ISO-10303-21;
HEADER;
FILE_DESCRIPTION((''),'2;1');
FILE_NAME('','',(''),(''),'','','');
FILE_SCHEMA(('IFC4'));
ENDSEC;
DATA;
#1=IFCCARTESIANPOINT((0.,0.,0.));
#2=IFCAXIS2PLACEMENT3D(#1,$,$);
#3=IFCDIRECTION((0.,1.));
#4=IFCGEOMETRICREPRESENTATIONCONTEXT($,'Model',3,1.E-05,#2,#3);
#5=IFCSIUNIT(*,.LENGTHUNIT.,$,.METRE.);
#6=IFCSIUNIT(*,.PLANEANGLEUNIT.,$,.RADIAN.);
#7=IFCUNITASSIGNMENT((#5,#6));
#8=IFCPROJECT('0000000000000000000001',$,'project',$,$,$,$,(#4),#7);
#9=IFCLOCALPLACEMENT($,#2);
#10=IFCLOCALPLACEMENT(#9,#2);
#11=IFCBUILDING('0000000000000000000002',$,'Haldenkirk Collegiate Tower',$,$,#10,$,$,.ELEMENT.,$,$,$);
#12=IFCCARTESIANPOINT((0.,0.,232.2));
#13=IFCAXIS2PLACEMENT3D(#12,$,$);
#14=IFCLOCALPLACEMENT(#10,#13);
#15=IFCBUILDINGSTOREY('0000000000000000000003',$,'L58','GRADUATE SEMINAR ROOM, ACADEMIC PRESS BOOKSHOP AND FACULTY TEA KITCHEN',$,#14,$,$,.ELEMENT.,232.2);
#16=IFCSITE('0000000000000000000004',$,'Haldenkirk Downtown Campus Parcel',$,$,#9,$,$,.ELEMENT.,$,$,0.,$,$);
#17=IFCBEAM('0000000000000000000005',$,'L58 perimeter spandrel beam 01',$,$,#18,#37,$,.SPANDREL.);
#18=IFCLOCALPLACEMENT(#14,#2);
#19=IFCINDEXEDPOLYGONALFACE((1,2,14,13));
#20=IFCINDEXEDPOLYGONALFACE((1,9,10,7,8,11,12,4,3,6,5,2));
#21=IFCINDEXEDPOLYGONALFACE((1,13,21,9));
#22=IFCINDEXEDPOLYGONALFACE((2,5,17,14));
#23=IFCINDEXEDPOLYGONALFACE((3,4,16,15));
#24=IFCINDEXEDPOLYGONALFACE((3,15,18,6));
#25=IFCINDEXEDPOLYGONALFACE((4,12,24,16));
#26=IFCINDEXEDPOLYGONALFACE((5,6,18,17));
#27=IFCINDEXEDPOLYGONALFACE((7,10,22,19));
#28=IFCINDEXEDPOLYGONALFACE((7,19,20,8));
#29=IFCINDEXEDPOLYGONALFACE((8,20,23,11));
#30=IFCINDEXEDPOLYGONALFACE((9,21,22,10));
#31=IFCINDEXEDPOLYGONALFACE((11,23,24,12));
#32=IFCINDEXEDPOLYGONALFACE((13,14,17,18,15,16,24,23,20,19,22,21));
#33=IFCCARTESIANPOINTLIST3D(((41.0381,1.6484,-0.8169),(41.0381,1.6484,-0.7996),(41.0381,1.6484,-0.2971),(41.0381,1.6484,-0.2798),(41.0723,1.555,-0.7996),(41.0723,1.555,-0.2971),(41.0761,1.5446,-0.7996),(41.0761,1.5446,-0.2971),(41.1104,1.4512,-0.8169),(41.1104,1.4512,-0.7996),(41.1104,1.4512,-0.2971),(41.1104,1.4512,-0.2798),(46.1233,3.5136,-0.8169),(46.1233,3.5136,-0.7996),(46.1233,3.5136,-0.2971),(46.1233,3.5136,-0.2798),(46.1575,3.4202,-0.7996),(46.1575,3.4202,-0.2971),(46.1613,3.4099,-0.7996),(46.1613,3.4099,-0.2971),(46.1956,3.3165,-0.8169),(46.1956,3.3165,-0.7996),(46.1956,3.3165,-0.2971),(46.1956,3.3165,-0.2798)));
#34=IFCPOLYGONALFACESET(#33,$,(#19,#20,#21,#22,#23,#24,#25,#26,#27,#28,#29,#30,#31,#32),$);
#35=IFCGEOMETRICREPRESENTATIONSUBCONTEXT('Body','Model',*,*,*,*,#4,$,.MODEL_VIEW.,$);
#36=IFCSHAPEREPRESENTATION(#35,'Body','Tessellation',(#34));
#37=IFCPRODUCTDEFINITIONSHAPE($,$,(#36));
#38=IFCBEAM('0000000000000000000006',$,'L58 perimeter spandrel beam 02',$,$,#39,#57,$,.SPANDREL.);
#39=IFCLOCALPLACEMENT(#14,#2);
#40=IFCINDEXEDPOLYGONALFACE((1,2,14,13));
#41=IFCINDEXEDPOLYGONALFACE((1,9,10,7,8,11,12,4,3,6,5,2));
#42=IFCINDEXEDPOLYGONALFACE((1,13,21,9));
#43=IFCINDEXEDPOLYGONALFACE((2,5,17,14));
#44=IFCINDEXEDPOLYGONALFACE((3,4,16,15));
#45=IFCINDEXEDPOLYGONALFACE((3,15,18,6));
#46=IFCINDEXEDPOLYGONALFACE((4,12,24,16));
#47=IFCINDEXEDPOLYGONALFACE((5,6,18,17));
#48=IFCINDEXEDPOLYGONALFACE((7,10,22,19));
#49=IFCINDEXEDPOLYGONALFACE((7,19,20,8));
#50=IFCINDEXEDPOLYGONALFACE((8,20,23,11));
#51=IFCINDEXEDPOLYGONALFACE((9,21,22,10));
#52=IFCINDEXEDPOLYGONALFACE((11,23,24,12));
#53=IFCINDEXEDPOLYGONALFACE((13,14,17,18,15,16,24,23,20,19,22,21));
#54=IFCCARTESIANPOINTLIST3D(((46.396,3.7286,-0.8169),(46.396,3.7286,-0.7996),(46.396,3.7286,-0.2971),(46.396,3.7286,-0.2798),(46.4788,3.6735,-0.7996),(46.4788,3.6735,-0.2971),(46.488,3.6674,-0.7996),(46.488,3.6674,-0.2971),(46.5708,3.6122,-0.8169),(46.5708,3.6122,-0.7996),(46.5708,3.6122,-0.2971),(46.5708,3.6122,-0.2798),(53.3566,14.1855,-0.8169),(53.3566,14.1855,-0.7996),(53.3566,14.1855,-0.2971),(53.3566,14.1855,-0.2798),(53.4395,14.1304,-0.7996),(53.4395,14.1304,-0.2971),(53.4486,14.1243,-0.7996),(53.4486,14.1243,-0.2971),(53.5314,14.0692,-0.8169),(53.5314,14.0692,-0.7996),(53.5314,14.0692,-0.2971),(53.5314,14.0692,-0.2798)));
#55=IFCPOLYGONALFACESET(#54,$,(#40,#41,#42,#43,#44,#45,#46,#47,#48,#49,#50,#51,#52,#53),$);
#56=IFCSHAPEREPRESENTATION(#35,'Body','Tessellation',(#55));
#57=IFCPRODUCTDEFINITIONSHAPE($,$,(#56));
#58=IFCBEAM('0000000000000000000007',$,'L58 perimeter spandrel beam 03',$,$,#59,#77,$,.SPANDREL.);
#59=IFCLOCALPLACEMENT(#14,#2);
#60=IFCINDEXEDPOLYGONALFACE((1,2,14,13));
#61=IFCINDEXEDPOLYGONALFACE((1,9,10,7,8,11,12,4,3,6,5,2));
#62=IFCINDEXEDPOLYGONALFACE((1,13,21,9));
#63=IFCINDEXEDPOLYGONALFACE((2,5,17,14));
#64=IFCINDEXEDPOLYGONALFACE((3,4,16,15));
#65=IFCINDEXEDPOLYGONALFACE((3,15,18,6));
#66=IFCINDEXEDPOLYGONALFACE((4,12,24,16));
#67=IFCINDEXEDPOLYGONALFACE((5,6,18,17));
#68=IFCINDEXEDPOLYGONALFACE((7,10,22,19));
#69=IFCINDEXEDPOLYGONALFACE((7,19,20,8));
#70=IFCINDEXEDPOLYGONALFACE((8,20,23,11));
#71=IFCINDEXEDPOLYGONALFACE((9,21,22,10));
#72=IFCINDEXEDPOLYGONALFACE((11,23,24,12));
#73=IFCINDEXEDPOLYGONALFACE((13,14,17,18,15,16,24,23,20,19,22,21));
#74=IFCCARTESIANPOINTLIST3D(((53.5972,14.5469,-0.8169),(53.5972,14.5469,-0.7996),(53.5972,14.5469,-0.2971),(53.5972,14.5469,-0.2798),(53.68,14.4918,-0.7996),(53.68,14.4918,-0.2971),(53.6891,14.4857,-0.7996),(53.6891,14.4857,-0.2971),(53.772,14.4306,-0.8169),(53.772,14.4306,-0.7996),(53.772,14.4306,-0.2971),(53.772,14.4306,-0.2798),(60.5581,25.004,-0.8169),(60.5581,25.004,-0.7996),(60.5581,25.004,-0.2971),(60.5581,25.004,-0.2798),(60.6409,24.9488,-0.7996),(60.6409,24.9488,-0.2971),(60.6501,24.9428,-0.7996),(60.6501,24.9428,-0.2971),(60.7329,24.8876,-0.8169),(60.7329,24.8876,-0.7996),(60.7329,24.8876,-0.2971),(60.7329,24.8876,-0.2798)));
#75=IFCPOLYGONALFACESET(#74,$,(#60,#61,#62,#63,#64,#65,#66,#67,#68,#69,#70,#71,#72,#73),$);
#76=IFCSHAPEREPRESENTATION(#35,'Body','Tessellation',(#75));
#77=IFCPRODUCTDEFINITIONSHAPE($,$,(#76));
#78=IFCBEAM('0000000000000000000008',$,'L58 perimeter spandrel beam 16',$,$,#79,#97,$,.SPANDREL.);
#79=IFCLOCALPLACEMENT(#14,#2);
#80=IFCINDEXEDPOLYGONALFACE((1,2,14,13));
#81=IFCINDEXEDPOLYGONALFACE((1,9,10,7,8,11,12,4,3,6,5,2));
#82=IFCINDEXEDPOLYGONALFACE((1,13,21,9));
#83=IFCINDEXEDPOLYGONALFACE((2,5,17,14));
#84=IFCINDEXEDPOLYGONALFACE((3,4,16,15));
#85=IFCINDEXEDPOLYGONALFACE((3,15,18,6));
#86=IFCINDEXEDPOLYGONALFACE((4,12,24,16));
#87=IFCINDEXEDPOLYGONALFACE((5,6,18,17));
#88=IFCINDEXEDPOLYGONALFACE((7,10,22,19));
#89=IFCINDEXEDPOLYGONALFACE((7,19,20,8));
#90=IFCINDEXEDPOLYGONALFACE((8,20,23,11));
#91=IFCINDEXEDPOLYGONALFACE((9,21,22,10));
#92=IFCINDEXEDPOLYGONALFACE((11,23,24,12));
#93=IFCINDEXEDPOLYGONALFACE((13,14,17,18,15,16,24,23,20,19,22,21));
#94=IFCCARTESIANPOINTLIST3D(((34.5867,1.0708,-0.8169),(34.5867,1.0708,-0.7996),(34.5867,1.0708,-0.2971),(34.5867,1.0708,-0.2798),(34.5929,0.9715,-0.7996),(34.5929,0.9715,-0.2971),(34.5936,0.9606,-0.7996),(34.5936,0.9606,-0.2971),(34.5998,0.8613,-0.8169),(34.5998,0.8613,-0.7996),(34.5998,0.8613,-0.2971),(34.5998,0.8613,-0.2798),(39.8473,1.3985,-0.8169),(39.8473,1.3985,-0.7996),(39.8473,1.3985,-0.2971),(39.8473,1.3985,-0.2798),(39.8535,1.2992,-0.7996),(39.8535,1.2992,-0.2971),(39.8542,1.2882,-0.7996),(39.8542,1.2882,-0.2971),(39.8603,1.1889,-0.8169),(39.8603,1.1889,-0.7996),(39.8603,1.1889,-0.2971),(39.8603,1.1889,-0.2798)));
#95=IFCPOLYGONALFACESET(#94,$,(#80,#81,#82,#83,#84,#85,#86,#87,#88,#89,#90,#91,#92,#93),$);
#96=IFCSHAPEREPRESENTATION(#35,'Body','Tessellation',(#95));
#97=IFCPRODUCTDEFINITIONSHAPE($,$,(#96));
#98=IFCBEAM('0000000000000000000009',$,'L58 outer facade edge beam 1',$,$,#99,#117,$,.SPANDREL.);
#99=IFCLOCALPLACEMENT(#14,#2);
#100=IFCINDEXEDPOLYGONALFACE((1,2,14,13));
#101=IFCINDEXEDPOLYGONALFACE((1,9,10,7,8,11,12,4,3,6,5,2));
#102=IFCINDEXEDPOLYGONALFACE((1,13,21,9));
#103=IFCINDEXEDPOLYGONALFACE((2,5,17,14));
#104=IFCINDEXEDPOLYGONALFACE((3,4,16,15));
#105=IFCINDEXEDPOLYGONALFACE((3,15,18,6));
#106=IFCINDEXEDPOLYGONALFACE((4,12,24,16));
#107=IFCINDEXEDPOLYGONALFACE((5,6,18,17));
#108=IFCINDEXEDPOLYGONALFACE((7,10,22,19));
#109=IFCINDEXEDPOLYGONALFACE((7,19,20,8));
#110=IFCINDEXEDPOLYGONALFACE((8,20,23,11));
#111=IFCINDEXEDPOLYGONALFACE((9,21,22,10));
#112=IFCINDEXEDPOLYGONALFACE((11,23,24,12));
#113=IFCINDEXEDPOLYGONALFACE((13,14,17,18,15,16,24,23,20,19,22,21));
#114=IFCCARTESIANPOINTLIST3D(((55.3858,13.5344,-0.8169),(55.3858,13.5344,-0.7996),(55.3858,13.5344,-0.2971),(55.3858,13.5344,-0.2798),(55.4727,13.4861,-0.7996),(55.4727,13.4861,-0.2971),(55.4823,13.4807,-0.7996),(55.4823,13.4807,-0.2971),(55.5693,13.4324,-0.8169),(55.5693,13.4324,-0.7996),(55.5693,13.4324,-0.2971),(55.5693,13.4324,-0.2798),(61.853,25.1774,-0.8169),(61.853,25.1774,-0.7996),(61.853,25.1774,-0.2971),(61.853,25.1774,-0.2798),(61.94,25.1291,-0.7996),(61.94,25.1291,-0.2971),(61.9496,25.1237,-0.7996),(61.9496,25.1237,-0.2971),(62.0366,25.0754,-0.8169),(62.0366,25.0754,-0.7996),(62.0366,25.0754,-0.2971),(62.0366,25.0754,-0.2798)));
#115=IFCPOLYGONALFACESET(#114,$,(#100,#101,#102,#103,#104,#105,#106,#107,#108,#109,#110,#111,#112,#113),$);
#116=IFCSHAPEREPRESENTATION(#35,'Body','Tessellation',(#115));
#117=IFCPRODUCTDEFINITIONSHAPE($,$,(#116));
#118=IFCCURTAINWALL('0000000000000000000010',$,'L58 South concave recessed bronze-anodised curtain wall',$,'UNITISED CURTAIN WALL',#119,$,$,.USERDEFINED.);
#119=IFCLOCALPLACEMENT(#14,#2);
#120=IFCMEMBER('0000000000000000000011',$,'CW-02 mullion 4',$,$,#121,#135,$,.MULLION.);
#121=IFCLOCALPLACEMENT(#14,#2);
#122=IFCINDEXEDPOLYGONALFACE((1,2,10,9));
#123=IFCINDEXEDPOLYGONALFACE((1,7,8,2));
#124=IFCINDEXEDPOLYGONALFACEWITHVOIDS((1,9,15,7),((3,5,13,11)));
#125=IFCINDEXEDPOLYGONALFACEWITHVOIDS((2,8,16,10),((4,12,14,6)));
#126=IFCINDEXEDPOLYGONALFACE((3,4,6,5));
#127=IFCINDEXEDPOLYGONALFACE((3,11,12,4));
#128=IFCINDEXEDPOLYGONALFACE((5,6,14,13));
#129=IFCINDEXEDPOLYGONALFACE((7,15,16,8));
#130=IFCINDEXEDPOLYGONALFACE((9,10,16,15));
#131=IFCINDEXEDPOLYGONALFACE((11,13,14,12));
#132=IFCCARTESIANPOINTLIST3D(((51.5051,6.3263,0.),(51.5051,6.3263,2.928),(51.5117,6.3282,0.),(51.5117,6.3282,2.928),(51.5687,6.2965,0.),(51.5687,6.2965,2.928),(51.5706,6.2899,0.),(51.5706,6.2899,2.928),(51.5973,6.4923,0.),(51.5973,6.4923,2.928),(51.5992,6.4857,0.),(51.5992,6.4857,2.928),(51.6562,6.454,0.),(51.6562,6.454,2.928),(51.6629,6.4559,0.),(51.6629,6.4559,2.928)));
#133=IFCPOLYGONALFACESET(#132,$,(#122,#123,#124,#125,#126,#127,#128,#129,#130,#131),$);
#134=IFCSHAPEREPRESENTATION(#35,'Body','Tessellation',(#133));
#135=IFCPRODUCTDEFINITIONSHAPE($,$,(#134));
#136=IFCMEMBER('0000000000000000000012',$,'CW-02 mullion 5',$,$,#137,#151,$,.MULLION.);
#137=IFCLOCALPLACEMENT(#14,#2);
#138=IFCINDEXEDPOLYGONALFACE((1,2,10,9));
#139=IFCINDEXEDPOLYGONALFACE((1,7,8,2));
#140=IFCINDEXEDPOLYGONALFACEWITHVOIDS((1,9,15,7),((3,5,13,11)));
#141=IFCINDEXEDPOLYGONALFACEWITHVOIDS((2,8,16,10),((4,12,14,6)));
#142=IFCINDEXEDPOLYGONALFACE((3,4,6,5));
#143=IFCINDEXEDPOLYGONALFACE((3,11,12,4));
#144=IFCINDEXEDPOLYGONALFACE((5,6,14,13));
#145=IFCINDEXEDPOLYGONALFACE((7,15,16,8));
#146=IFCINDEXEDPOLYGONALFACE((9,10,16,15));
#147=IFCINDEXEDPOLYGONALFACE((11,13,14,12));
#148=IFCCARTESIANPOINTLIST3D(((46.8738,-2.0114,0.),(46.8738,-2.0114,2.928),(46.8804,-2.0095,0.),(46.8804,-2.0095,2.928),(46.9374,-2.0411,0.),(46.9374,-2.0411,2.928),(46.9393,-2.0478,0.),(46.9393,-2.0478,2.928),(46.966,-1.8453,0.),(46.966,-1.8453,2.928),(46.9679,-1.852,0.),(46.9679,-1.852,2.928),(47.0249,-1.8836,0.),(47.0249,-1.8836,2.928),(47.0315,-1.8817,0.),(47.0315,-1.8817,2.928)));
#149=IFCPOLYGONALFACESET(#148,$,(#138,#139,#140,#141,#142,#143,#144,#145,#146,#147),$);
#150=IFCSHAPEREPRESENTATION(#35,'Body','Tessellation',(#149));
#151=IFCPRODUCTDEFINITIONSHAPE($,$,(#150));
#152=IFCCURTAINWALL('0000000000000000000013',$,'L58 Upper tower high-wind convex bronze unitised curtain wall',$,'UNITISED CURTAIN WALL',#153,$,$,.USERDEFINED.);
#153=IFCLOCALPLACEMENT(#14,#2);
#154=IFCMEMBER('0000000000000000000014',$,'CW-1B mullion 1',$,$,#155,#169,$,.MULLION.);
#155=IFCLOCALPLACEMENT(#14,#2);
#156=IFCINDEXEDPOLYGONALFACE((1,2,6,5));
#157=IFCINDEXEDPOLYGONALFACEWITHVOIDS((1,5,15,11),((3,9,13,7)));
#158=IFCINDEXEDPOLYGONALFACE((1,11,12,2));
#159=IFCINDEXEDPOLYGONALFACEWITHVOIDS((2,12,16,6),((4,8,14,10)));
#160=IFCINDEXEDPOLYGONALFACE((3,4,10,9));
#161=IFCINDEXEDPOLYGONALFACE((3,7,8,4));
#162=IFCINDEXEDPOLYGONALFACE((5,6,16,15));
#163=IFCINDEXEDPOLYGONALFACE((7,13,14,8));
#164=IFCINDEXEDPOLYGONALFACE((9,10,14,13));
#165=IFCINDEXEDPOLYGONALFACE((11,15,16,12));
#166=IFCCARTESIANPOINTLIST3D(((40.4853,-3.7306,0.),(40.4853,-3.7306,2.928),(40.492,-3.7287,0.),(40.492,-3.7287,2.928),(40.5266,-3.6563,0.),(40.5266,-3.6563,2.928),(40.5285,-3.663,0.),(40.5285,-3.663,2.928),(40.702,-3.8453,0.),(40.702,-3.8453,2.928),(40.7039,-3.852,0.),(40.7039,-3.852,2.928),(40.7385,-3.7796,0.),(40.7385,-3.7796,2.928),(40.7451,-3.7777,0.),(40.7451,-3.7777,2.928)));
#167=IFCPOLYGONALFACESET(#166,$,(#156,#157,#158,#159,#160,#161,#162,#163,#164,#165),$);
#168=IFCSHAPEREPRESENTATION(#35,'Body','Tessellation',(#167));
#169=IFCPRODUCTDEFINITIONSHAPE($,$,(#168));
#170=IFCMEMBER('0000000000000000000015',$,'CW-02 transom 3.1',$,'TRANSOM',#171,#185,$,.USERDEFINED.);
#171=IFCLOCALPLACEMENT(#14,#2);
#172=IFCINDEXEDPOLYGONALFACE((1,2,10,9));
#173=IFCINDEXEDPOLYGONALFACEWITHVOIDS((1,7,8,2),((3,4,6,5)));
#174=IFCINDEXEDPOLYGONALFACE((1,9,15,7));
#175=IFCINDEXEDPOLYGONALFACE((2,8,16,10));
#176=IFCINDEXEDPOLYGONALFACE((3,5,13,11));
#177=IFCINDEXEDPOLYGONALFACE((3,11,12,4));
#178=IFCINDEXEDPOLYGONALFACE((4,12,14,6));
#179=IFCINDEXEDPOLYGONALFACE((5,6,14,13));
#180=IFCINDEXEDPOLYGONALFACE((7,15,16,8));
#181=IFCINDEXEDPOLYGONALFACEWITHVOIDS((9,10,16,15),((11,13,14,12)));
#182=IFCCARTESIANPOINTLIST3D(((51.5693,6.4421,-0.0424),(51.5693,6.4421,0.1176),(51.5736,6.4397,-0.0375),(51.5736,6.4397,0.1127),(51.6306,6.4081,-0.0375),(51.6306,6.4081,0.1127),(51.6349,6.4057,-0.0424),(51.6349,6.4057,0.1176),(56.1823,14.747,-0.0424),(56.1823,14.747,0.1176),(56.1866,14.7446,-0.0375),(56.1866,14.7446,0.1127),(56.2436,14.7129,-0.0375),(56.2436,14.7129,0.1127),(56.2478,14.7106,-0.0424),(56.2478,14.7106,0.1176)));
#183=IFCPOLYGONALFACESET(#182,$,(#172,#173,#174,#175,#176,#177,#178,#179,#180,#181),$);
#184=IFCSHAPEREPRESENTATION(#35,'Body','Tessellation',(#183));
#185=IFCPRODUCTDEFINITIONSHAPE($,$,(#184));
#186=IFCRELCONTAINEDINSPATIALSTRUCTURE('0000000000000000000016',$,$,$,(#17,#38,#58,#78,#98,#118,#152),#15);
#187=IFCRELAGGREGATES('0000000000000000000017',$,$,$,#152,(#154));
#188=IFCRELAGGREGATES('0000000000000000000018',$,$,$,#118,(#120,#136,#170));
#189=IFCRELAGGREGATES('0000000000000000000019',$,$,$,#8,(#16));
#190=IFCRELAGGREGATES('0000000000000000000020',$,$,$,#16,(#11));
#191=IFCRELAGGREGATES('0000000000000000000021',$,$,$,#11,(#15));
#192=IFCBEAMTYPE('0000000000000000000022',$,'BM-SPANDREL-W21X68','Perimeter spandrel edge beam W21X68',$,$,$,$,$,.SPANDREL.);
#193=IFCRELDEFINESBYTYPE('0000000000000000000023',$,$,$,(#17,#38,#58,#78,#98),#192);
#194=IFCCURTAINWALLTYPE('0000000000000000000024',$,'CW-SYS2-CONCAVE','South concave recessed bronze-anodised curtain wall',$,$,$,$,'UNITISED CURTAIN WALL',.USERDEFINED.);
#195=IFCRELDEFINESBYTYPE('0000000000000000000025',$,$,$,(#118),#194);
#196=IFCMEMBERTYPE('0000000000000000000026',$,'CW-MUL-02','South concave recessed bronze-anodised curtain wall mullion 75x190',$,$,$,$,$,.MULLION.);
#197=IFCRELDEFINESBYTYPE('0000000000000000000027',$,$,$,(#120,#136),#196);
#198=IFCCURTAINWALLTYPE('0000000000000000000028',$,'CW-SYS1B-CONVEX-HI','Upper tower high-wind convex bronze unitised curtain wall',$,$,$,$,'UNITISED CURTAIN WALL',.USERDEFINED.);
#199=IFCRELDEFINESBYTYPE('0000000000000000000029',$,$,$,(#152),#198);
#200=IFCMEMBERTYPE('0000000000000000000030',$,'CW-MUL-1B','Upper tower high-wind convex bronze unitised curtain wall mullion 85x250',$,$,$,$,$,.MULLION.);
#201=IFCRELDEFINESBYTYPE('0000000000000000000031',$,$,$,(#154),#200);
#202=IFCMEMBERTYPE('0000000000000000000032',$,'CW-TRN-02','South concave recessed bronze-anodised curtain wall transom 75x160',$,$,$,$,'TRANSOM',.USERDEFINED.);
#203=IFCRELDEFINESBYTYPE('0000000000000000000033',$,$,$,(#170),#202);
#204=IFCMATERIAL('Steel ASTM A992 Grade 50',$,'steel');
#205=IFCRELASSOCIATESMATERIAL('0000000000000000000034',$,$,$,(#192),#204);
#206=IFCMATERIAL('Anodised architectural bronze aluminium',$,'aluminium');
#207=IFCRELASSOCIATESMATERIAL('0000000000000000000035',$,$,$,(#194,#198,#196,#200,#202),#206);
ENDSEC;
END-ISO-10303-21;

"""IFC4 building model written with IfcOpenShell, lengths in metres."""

from ifc_helpers import new_model, si_unit, direction, frame, origin, origin_2d, place, context, subcontext, project, spatial, hollow_rectangle, i_section, extrude, material, material_profile, profile_set, type_object, element, aggregate, save


model = new_model("IFC4")

# Units and contexts
model_context = context("Model", 3, precision=1e-05, world=origin(), true_north=direction((0.0, 1.0)))
body_context = subcontext(model_context, "Body", "Model", "MODEL_VIEW")
ifc_project = project(units=[si_unit("LENGTHUNIT", "METRE"), si_unit("PLANEANGLEUNIT", "RADIAN")], contexts=[model_context])

# Site, building, storey
site_placement = place(None, origin())
site = spatial("IfcSite", under=ifc_project, at=site_placement, Name="Haldenkirk Downtown Campus Parcel", CompositionType="ELEMENT", RefElevation=0.0)
building_placement = place(site_placement, origin())
building = spatial("IfcBuilding", under=site, at=building_placement, Name="Haldenkirk Collegiate Tower", CompositionType="ELEMENT")
storey_placement = place(building_placement, frame((0.0, 0.0, 232.2)))
storey = spatial("IfcBuildingStorey", under=building, at=storey_placement, Name="L58", Description="GRADUATE SEMINAR ROOM, ACADEMIC PRESS BOOKSHOP AND FACULTY TEA KITCHEN", CompositionType="ELEMENT", Elevation=232.2)

# Beams
ifc_material_1 = material(Name="Steel ASTM A992 Grade 50", Category="steel")
ifc_material_profile_1 = material_profile(ifc_material_1, i_section(OverallWidth=0.21, OverallDepth=0.5371, WebThickness=0.011, FlangeThickness=0.0173, at=origin_2d()), Name="W21X68")
ifc_profile_set_1 = profile_set([ifc_material_profile_1], Name="Steel ASTM A992 Grade 50")
beam_type_1 = type_object("IfcBeamType", Name="BM-SPANDREL-W21X68", Description="Perimeter spandrel edge beam W21X68", PredefinedType="SPANDREL", material=ifc_profile_set_1)
beam_1_placement = place(storey_placement, frame((41.0742, 1.5498, -0.5483), z_axis=(0.938837, 0.344362, 0.0), x_axis=(-0.344362, 0.938837, 0.0)))
element("IfcBeam", 1, at=beam_1_placement, inside=storey, type_object=beam_type_1, Name="L58 perimeter spandrel beam 01", PredefinedType="SPANDREL", context=body_context, shape_type="SweptSolid", body=[
    extrude(i_section(OverallWidth=0.21, OverallDepth=0.5371, WebThickness=0.011, FlangeThickness=0.0173, at=origin_2d()), origin(), (0.0, 0.0, 1.0), 5.4165),
])
beam_2_placement = place(storey_placement, frame((46.4834, 3.6704, -0.5483), z_axis=(0.554113, 0.832442, 0.0), x_axis=(-0.832442, 0.554113, 0.0)))
element("IfcBeam", 2, at=beam_2_placement, inside=storey, type_object=beam_type_1, Name="L58 perimeter spandrel beam 02", PredefinedType="SPANDREL", context=body_context, shape_type="SweptSolid", body=[
    extrude(i_section(OverallWidth=0.21, OverallDepth=0.5371, WebThickness=0.011, FlangeThickness=0.0173, at=origin_2d()), origin(), (0.0, 0.0, 1.0), 12.5618),
])
beam_3_placement = place(storey_placement, frame((53.6846, 14.4888, -0.5483), z_axis=(0.554126, 0.832433, 0.0), x_axis=(-0.832433, 0.554126, 0.0)))
element("IfcBeam", 3, at=beam_3_placement, inside=storey, type_object=beam_type_1, Name="L58 perimeter spandrel beam 03", PredefinedType="SPANDREL", context=body_context, shape_type="SweptSolid", body=[
    extrude(i_section(OverallWidth=0.21, OverallDepth=0.5371, WebThickness=0.011, FlangeThickness=0.0173, at=origin_2d()), origin(), (0.0, 0.0, 1.0), 12.562),
])
beam_4_placement = place(storey_placement, frame((34.5933, 0.9661, -0.5483), z_axis=(0.998066, 0.062162, 0.0), x_axis=(-0.062162, 0.998066, 0.0)))
element("IfcBeam", 4, at=beam_4_placement, inside=storey, type_object=beam_type_1, Name="L58 perimeter spandrel beam 16", PredefinedType="SPANDREL", context=body_context, shape_type="SweptSolid", body=[
    extrude(i_section(OverallWidth=0.21, OverallDepth=0.5371, WebThickness=0.011, FlangeThickness=0.0173, at=origin_2d()), origin(), (0.0, 0.0, 1.0), 5.2708),
])
beam_5_placement = place(storey_placement, frame((55.4775, 13.4834, -0.5483), z_axis=(0.485581, 0.874192, 0.0), x_axis=(-0.874192, 0.485581, 0.0)))
element("IfcBeam", 5, at=beam_5_placement, inside=storey, type_object=beam_type_1, Name="L58 outer facade edge beam 1", PredefinedType="SPANDREL", context=body_context, shape_type="SweptSolid", body=[
    extrude(i_section(OverallWidth=0.21, OverallDepth=0.5371, WebThickness=0.011, FlangeThickness=0.0173, at=origin_2d()), origin(), (0.0, 0.0, 1.0), 13.3186),
])

# Curtain wall, members
ifc_material_2 = material(Name="Anodised architectural bronze aluminium", Category="aluminium")
curtain_wall_type_1 = type_object("IfcCurtainWallType", Name="CW-SYS2-CONCAVE", Description="South concave recessed bronze-anodised curtain wall", ElementType="UNITISED CURTAIN WALL", PredefinedType="USERDEFINED", material=ifc_material_2)
curtain_wall_1_placement = place(storey_placement, origin())
curtain_wall_1 = element("IfcCurtainWall", 6, at=curtain_wall_1_placement, inside=storey, type_object=curtain_wall_type_1, Name="L58 South concave recessed bronze-anodised curtain wall", ObjectType="UNITISED CURTAIN WALL", PredefinedType="USERDEFINED")
ifc_material_profile_2 = material_profile(ifc_material_2, hollow_rectangle(XDim=0.075, YDim=0.1899, WallThickness=0.0049, at=origin_2d()), Name="CW-MUL-02")
ifc_profile_set_2 = profile_set([ifc_material_profile_2], Name="Anodised architectural bronze aluminium")
member_type_1 = type_object("IfcMemberType", Name="CW-MUL-02", Description="South concave recessed bronze-anodised curtain wall mullion 75x190", PredefinedType="MULLION", material=ifc_profile_set_2)
member_1_placement = place(storey_placement, frame((51.584, 6.3911, 0.0), z_axis=(0.0, 0.0, 1.0), x_axis=(0.874195, -0.485574, 0.0)))
member_1 = element("IfcMember", 7, at=member_1_placement, type_object=member_type_1, Name="CW-02 mullion 4", PredefinedType="MULLION", context=body_context, shape_type="SweptSolid", body=[
    extrude(hollow_rectangle(XDim=0.075, YDim=0.1899, WallThickness=0.0049, at=origin_2d()), origin(), (0.0, 0.0, 1.0), 2.928),
])
member_2_placement = place(storey_placement, frame((46.9526, -1.9465, 0.0), z_axis=(0.0, 0.0, 1.0), x_axis=(0.874195, -0.485574, 0.0)))
member_2 = element("IfcMember", 8, at=member_2_placement, type_object=member_type_1, Name="CW-02 mullion 5", PredefinedType="MULLION", context=body_context, shape_type="SweptSolid", body=[
    extrude(hollow_rectangle(XDim=0.075, YDim=0.1899, WallThickness=0.0049, at=origin_2d()), origin(), (0.0, 0.0, 1.0), 2.928),
])

# Curtain wall, member
curtain_wall_type_2 = type_object("IfcCurtainWallType", Name="CW-SYS1B-CONVEX-HI", Description="Upper tower high-wind convex bronze unitised curtain wall", ElementType="UNITISED CURTAIN WALL", PredefinedType="USERDEFINED", material=ifc_material_2)
curtain_wall_2_placement = place(storey_placement, origin())
curtain_wall_2 = element("IfcCurtainWall", 9, at=curtain_wall_2_placement, inside=storey, type_object=curtain_wall_type_2, Name="L58 Upper tower high-wind convex bronze unitised curtain wall", ObjectType="UNITISED CURTAIN WALL", PredefinedType="USERDEFINED")
ifc_material_profile_3 = material_profile(ifc_material_2, hollow_rectangle(XDim=0.085, YDim=0.25, WallThickness=0.0049, at=origin_2d()), Name="CW-MUL-1B")
ifc_profile_set_3 = profile_set([ifc_material_profile_3], Name="Anodised architectural bronze aluminium")
member_type_2 = type_object("IfcMemberType", Name="CW-MUL-1B", Description="Upper tower high-wind convex bronze unitised curtain wall mullion 85x250", PredefinedType="MULLION", material=ifc_profile_set_3)
member_3_placement = place(storey_placement, frame((40.6152, -3.7542, 0.0), z_axis=(0.0, 0.0, 1.0), x_axis=(-0.485574, -0.874195, 0.0)))
member_3 = element("IfcMember", 10, at=member_3_placement, type_object=member_type_2, Name="CW-1B mullion 1", PredefinedType="MULLION", context=body_context, shape_type="SweptSolid", body=[
    extrude(hollow_rectangle(XDim=0.085, YDim=0.25, WallThickness=0.0049, at=origin_2d()), origin(), (0.0, 0.0, 1.0), 2.928),
])

# Member
ifc_material_profile_4 = material_profile(ifc_material_2, hollow_rectangle(XDim=0.075, YDim=0.1599, WallThickness=0.0049, at=origin_2d()), Name="CW-TRN-02")
ifc_profile_set_4 = profile_set([ifc_material_profile_4], Name="Anodised architectural bronze aluminium")
member_type_3 = type_object("IfcMemberType", Name="CW-TRN-02", Description="South concave recessed bronze-anodised curtain wall transom 75x160", ElementType="TRANSOM", PredefinedType="USERDEFINED", material=ifc_profile_set_4)
member_4_placement = place(storey_placement, frame((56.2151, 14.7288, 0.0376), z_axis=(-0.485577, -0.874194, 0.0), x_axis=(0.874194, -0.485577, 0.0)))
member_4 = element("IfcMember", 11, at=member_4_placement, type_object=member_type_3, Name="CW-02 transom 3.1", ObjectType="TRANSOM", PredefinedType="USERDEFINED", context=body_context, shape_type="SweptSolid", body=[
    extrude(hollow_rectangle(XDim=0.075, YDim=0.1599, WallThickness=0.0049, at=origin_2d()), origin(), (0.0, 0.0, 1.0), 9.5),
])

aggregate(curtain_wall_2, [member_3])
aggregate(curtain_wall_1, [member_1, member_2, member_4])

save(model, "model.ifc")
